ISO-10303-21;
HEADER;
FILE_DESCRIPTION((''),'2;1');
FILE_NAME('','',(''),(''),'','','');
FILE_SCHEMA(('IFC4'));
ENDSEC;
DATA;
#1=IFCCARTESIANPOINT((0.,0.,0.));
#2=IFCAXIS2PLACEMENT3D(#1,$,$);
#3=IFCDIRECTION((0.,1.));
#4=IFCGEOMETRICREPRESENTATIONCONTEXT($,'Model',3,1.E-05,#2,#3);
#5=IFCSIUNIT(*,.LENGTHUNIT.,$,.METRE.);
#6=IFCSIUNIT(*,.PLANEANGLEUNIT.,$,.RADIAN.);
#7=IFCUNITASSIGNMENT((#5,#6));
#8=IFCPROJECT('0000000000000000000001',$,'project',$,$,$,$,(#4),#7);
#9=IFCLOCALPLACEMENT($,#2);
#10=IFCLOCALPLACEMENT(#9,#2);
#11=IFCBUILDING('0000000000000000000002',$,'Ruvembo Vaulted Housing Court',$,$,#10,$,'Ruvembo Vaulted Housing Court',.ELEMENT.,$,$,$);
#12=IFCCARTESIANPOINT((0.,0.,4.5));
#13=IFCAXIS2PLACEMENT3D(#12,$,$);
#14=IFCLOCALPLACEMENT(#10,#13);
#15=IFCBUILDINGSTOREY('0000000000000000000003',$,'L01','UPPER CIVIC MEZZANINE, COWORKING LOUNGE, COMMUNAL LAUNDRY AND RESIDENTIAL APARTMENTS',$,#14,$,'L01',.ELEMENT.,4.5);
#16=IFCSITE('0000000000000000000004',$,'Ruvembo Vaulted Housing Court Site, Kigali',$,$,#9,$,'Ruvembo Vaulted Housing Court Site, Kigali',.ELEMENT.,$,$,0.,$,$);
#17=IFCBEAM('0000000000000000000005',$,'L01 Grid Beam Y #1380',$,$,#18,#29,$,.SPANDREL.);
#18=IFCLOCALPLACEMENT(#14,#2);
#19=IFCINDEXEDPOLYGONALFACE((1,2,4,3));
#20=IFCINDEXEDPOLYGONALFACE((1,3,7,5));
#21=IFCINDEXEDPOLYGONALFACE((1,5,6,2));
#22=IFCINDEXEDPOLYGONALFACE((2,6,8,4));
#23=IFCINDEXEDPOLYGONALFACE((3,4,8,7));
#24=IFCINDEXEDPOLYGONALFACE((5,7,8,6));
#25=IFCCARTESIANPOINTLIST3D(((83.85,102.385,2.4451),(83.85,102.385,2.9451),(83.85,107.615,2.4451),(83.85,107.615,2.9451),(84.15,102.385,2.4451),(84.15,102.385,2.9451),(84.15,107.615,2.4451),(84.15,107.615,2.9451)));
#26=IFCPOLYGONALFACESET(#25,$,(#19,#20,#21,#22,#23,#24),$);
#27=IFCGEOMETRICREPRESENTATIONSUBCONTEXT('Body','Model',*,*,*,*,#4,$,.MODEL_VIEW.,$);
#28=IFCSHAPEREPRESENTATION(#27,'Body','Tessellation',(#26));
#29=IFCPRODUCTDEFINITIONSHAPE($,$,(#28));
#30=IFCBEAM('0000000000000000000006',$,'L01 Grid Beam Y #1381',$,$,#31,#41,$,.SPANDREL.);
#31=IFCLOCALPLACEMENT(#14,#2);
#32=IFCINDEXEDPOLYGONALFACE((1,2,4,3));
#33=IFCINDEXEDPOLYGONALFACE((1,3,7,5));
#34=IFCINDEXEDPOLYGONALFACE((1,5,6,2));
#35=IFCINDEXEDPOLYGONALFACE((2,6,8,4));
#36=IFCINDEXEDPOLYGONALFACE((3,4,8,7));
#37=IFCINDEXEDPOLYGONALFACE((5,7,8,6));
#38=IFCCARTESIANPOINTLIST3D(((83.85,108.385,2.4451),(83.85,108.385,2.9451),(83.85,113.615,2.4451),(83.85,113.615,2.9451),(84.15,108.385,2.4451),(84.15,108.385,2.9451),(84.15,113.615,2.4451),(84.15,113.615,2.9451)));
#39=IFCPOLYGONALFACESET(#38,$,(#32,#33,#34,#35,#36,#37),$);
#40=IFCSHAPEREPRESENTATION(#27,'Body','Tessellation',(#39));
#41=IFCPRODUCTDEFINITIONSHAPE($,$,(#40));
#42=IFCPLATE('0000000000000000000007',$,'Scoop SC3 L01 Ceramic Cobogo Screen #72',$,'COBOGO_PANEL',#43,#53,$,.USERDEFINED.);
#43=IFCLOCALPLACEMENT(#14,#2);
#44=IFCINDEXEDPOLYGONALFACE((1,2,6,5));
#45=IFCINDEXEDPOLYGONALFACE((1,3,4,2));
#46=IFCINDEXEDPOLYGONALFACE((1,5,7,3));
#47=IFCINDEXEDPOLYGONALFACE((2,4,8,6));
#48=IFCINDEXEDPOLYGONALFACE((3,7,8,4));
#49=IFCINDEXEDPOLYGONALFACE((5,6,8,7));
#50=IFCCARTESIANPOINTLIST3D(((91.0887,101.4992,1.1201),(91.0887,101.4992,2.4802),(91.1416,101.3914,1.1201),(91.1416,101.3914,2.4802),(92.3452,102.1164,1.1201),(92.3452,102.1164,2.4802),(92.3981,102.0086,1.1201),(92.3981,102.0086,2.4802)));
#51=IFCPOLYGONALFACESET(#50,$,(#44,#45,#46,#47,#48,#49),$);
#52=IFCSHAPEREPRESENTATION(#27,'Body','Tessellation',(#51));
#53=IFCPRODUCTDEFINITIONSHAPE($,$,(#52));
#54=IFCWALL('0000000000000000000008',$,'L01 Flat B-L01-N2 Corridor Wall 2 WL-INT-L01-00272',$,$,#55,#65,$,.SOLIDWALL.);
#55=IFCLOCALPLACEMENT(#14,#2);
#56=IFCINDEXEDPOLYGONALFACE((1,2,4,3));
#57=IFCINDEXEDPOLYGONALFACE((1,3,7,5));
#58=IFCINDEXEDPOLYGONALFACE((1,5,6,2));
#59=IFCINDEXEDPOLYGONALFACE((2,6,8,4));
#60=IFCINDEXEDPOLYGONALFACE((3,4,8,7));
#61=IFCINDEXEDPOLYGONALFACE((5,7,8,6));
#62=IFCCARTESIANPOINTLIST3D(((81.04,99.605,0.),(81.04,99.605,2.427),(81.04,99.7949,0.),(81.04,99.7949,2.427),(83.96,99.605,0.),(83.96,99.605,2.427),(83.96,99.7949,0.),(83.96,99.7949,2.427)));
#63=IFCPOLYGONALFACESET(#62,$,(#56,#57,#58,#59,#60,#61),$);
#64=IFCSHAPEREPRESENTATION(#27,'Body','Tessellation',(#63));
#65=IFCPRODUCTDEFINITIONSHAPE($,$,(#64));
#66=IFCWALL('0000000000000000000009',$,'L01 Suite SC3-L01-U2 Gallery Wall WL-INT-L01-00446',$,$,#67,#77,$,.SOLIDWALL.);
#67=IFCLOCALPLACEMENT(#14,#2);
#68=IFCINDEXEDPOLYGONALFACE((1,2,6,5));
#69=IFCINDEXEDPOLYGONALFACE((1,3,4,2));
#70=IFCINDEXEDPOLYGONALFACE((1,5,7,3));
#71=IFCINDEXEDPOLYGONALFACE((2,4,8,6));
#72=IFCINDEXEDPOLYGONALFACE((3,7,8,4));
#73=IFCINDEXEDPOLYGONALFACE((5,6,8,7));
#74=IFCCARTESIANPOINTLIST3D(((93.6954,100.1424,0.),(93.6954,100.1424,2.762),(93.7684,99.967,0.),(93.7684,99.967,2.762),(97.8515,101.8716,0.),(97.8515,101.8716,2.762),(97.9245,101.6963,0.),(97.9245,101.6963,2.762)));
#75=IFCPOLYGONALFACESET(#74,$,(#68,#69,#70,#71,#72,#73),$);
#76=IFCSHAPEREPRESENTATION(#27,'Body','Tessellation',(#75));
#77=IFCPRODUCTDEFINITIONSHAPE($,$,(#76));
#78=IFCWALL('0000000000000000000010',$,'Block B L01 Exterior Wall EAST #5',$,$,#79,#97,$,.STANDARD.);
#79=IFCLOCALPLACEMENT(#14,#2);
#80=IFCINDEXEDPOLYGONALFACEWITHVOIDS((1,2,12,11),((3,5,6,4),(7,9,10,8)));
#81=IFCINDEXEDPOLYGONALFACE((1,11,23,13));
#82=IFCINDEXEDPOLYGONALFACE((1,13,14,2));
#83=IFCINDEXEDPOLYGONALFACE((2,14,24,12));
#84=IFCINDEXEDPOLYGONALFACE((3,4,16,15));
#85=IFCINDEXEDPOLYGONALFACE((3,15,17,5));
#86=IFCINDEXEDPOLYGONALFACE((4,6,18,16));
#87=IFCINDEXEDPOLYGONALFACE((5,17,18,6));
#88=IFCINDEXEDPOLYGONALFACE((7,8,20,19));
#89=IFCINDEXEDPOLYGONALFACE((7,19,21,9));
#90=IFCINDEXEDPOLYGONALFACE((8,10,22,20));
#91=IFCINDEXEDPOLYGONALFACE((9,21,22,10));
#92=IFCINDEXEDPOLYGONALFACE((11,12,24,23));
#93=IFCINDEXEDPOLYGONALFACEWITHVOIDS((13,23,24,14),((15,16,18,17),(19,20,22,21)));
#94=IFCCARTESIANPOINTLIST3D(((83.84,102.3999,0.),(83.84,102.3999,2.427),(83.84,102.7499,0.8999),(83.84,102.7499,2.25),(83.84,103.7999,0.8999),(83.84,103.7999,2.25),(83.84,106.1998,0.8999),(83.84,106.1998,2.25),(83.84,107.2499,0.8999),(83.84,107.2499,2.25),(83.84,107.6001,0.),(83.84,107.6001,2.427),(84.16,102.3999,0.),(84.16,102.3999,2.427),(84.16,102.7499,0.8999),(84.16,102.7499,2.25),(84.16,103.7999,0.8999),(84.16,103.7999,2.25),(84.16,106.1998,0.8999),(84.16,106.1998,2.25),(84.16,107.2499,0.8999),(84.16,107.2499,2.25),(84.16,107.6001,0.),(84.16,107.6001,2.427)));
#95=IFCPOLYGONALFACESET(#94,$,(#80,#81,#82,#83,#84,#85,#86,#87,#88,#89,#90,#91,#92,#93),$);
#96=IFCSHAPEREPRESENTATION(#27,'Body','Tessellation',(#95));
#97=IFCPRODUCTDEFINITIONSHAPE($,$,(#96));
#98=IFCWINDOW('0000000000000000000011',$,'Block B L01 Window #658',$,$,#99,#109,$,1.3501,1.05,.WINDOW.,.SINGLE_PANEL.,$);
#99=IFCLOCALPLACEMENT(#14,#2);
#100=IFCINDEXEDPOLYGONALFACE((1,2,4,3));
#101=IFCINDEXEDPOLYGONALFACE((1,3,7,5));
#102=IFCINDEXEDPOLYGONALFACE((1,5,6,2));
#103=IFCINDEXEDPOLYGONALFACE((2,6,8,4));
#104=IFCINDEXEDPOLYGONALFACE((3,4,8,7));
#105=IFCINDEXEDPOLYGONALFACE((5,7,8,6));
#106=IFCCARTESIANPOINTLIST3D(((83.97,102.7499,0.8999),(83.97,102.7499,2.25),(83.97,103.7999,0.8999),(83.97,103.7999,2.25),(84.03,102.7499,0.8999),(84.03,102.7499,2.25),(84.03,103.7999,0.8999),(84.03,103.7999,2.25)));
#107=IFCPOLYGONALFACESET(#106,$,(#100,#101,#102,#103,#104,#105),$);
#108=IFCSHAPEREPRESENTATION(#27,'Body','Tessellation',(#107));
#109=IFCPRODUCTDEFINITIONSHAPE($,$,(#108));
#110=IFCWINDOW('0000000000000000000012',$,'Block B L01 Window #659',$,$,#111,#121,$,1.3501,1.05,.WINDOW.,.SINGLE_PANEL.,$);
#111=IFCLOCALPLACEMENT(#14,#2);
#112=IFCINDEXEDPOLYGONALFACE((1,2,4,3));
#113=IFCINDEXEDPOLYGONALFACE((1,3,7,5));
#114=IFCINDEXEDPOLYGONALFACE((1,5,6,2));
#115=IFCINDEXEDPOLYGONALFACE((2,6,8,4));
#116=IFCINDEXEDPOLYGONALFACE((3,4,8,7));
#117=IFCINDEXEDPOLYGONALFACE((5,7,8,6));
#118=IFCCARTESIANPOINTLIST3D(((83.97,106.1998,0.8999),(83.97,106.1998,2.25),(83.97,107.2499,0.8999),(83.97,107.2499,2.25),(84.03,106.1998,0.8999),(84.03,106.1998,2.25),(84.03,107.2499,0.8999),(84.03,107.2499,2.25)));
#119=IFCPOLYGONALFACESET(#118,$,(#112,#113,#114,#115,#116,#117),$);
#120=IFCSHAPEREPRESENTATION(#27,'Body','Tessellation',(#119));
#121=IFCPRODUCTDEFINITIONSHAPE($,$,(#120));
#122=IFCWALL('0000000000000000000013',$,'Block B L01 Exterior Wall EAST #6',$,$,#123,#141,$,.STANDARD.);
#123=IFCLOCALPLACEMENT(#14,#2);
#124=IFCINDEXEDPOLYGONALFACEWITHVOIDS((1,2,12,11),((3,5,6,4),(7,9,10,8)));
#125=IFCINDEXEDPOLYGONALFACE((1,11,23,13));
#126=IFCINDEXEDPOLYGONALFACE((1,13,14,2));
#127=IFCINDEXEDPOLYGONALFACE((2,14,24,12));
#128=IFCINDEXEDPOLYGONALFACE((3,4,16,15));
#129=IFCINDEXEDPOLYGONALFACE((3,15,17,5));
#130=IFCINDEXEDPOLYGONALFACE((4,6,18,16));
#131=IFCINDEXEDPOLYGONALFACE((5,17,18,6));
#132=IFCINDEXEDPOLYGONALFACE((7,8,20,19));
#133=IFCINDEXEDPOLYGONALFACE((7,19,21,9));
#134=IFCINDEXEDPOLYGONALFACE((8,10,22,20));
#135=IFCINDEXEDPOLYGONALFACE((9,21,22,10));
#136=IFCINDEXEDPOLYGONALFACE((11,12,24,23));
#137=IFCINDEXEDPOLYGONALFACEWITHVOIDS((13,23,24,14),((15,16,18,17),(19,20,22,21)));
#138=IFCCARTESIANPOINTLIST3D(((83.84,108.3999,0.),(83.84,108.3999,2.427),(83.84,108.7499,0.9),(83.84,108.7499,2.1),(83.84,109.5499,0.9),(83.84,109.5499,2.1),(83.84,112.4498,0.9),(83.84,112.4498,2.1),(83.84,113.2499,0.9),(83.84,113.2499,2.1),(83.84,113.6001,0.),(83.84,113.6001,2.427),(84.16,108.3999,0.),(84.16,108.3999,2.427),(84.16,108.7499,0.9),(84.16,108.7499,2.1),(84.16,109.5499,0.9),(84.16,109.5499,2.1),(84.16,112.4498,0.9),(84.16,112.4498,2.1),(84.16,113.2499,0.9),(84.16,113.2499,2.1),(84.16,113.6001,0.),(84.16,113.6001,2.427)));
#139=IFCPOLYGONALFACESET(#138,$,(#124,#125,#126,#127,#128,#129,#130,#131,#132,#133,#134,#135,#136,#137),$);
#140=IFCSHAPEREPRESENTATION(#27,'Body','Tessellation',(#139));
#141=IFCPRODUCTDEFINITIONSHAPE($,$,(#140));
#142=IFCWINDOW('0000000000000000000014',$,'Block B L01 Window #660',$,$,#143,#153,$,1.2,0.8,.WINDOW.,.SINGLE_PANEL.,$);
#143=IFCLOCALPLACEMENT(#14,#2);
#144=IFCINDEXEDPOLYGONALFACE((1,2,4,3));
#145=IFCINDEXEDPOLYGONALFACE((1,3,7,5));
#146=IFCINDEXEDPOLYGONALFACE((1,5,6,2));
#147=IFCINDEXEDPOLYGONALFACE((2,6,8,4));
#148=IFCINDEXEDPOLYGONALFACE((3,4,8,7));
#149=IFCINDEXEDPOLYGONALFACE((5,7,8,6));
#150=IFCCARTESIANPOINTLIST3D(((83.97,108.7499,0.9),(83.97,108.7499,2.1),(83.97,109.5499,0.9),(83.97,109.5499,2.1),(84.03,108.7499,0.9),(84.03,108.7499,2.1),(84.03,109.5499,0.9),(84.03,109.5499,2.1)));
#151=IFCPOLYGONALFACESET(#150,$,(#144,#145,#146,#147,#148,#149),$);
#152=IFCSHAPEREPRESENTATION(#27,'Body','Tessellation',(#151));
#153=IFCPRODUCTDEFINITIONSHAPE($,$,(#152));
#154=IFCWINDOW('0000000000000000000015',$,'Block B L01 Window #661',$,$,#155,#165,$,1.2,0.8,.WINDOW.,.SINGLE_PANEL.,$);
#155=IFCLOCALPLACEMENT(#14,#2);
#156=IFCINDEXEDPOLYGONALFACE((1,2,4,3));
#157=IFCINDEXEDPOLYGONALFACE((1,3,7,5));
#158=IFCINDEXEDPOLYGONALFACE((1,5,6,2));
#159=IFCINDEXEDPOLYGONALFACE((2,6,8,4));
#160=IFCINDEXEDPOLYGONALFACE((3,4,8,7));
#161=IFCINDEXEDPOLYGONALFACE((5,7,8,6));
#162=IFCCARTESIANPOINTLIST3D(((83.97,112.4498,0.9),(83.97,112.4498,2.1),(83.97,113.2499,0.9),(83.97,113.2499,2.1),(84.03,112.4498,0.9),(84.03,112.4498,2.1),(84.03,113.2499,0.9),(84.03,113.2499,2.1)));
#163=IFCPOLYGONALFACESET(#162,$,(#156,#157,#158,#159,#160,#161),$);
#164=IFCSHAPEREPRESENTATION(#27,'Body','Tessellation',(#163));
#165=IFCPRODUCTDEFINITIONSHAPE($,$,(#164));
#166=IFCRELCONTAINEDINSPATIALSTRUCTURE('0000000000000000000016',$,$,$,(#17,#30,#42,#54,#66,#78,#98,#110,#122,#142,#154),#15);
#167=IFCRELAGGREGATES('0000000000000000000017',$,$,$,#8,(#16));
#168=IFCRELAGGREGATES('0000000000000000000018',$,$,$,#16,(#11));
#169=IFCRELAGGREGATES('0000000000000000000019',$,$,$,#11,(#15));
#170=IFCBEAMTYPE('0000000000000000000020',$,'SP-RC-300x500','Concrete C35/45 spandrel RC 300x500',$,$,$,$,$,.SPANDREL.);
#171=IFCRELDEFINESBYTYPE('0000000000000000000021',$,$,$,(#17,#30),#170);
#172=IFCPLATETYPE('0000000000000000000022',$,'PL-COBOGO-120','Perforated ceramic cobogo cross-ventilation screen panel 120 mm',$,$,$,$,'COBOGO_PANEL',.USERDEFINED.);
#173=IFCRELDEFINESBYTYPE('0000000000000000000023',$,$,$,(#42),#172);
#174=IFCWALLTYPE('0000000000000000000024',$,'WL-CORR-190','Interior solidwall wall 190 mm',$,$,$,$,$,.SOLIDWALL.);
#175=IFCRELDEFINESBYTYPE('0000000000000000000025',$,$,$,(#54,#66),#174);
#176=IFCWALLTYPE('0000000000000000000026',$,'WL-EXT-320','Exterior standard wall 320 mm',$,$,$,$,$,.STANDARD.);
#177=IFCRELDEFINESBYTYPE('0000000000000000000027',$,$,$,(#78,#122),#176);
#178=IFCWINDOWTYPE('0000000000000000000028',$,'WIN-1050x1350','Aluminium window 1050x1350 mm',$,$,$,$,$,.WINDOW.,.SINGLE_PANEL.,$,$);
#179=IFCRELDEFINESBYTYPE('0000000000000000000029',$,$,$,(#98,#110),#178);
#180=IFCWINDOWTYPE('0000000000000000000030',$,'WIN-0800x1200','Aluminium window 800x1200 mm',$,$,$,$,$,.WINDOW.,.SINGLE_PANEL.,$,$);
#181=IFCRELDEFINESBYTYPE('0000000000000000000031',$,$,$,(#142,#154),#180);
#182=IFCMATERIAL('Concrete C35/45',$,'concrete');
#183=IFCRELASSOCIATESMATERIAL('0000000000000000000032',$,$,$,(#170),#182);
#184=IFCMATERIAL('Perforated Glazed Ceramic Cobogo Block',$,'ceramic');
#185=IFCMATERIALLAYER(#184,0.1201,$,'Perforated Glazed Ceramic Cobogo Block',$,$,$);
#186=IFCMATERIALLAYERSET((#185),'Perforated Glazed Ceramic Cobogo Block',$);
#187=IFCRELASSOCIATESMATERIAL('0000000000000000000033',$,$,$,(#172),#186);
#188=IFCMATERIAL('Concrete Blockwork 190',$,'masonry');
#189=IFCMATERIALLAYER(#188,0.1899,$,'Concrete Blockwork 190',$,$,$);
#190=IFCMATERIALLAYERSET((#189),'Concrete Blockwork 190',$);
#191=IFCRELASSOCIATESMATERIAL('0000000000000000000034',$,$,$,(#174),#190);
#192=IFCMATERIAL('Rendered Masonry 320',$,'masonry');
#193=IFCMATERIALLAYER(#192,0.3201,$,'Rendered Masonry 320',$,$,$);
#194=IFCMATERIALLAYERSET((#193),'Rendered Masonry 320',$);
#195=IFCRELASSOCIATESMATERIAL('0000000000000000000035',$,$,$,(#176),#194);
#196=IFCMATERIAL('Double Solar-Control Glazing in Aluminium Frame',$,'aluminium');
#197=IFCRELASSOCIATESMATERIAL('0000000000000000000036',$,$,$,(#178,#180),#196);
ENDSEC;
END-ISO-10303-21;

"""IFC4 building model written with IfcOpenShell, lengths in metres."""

from ifc_helpers import new_model, si_unit, direction, frame, frame_2d, origin, origin_2d, place, context, subcontext, project, spatial, rectangle, extrude, material, layer, layer_set, material_profile, profile_set, type_object, element, fill, save


model = new_model("IFC4")

# Units and contexts
model_context = context("Model", 3, precision=1e-05, world=origin(), true_north=direction((0.0, 1.0)))
body_context = subcontext(model_context, "Body", "Model", "MODEL_VIEW")
ifc_project = project(units=[si_unit("LENGTHUNIT", "METRE"), si_unit("PLANEANGLEUNIT", "RADIAN")], contexts=[model_context])

# Site, building, storey
site_placement = place(None, origin())
site = spatial("IfcSite", under=ifc_project, at=site_placement, Name="Ruvembo Vaulted Housing Court Site, Kigali", LongName="Ruvembo Vaulted Housing Court Site, Kigali", CompositionType="ELEMENT", RefElevation=0.0)
building_placement = place(site_placement, origin())
building = spatial("IfcBuilding", under=site, at=building_placement, Name="Ruvembo Vaulted Housing Court", LongName="Ruvembo Vaulted Housing Court", CompositionType="ELEMENT")
storey_placement = place(building_placement, frame((0.0, 0.0, 4.5)))
storey = spatial("IfcBuildingStorey", under=building, at=storey_placement, Name="L01", Description="UPPER CIVIC MEZZANINE, COWORKING LOUNGE, COMMUNAL LAUNDRY AND RESIDENTIAL APARTMENTS", LongName="L01", CompositionType="ELEMENT", Elevation=4.5)

# Beams
ifc_material_1 = material(Name="Concrete C35/45", Category="concrete")
ifc_material_profile_1 = material_profile(ifc_material_1, rectangle(XDim=0.3, YDim=0.5, at=origin_2d()), Name="RC 300x500")
ifc_profile_set_1 = profile_set([ifc_material_profile_1], Name="Concrete C35/45")
beam_type_1 = type_object("IfcBeamType", Name="SP-RC-300x500", Description="Concrete C35/45 spandrel RC 300x500", PredefinedType="SPANDREL", material=ifc_profile_set_1)
for number, where, z_axis, x_axis, name in (
    (1, (84.0, 102.385, 2.6951), (0.0, 1.0, 0.0), (-1.0, 0.0, 0.0), "L01 Grid Beam Y #1380"),
    (2, (84.0, 108.385, 2.6951), (0.0, 1.0, 0.0), (-1.0, 0.0, 0.0), "L01 Grid Beam Y #1381"),
):
    element("IfcBeam", number, at=place(storey_placement, frame(where, z_axis=z_axis, x_axis=x_axis)), inside=storey, type_object=beam_type_1, Name=name, PredefinedType="SPANDREL", context=body_context, shape_type="SweptSolid", body=[
        extrude(rectangle(XDim=0.3, YDim=0.5, at=origin_2d()), origin(), (0.0, 0.0, 1.0), 5.23),
    ])

# Plate
ifc_material_2 = material(Name="Perforated Glazed Ceramic Cobogo Block", Category="ceramic")
ifc_layer_1 = layer(ifc_material_2, 0.1201, Name="Perforated Glazed Ceramic Cobogo Block")
ifc_layer_set_1 = layer_set([ifc_layer_1], Name="Perforated Glazed Ceramic Cobogo Block")
plate_type = type_object("IfcPlateType", Name="PL-COBOGO-120", Description="Perforated ceramic cobogo cross-ventilation screen panel 120 mm", ElementType="COBOGO_PANEL", PredefinedType="USERDEFINED", material=ifc_layer_set_1)
plate_placement = place(storey_placement, frame((91.7434, 101.7539, 1.1201), z_axis=(0.0, 0.0, 1.0), x_axis=(0.897559, 0.440895, 0.0)))
element("IfcPlate", 3, at=plate_placement, inside=storey, type_object=plate_type, Name="Scoop SC3 L01 Ceramic Cobogo Screen #72", ObjectType="COBOGO_PANEL", PredefinedType="USERDEFINED", context=body_context, shape_type="SweptSolid", body=[
    extrude(rectangle(XDim=1.3999, YDim=0.1201, at=origin_2d()), origin(), (0.0, 0.0, 1.0), 1.3601),
])

# Walls
ifc_material_3 = material(Name="Concrete Blockwork 190", Category="masonry")
ifc_layer_2 = layer(ifc_material_3, 0.1899, Name="Concrete Blockwork 190")
ifc_layer_set_2 = layer_set([ifc_layer_2], Name="Concrete Blockwork 190")
wall_type_1 = type_object("IfcWallType", Name="WL-CORR-190", Description="Interior solidwall wall 190 mm", PredefinedType="SOLIDWALL", material=ifc_layer_set_2)
wall_1_placement = place(storey_placement, frame((81.04, 99.7, 0.0), z_axis=(0.0, 0.0, 1.0), x_axis=(1.0, 0.0, 0.0)))
element("IfcWall", 4, at=wall_1_placement, inside=storey, type_object=wall_type_1, Name="L01 Flat B-L01-N2 Corridor Wall 2 WL-INT-L01-00272", PredefinedType="SOLIDWALL", context=body_context, shape_type="SweptSolid", body=[
    extrude(rectangle(XDim=2.9199, YDim=0.1899, at=frame_2d((1.46, 0.0))), origin(), (0.0, 0.0, 1.0), 2.427),
])
wall_2_placement = place(storey_placement, frame((93.7319, 100.0547, 0.0), z_axis=(0.0, 0.0, 1.0), x_axis=(0.923268, 0.384157, 0.0)))
element("IfcWall", 5, at=wall_2_placement, inside=storey, type_object=wall_type_1, Name="L01 Suite SC3-L01-U2 Gallery Wall WL-INT-L01-00446", PredefinedType="SOLIDWALL", context=body_context, shape_type="SweptSolid", body=[
    extrude(rectangle(XDim=4.5015, YDim=0.1899, at=frame_2d((2.2507, 0.0))), origin(), (0.0, 0.0, 1.0), 2.762),
])

# Walls, openings, windows
ifc_material_4 = material(Name="Rendered Masonry 320", Category="masonry")
ifc_layer_3 = layer(ifc_material_4, 0.3201, Name="Rendered Masonry 320")
ifc_layer_set_3 = layer_set([ifc_layer_3], Name="Rendered Masonry 320")
wall_type_2 = type_object("IfcWallType", Name="WL-EXT-320", Description="Exterior standard wall 320 mm", PredefinedType="STANDARD", material=ifc_layer_set_3)
wall_3_placement = place(storey_placement, frame((84.0, 102.3999, 0.0), z_axis=(0.0, 0.0, 1.0), x_axis=(0.0, 1.0, 0.0)))
wall_3 = element("IfcWall", 6, at=wall_3_placement, inside=storey, type_object=wall_type_2, Name="Block B L01 Exterior Wall EAST #5", PredefinedType="STANDARD", context=body_context, shape_type="SweptSolid", body=[
    extrude(rectangle(XDim=5.2002, YDim=0.3201, at=frame_2d((2.6001, 0.0))), origin(), (0.0, 0.0, 1.0), 2.427),
])
opening_1_placement = place(wall_3_placement, frame((0.3501, 0.0, 0.8999)))
opening_1 = element("IfcOpeningElement", 7, at=opening_1_placement, cuts=wall_3, PredefinedType="OPENING", context=body_context, shape_type="SweptSolid", body=[
    extrude(rectangle(XDim=1.05, YDim=1.3501, at=frame_2d((0.5249, 0.675))), frame((0.0, 0.1699, 0.0), z_axis=(0.0, -1.0, 0.0), x_axis=(1.0, 0.0, 0.0)), (0.0, 0.0, 1.0), 0.3401),
])
opening_2_placement = place(wall_3_placement, frame((3.8, 0.0, 0.8999)))
opening_2 = element("IfcOpeningElement", 8, at=opening_2_placement, cuts=wall_3, PredefinedType="OPENING", context=body_context, shape_type="SweptSolid", body=[
    extrude(rectangle(XDim=1.05, YDim=1.3501, at=frame_2d((0.5249, 0.675))), frame((0.0, 0.1699, 0.0), z_axis=(0.0, -1.0, 0.0), x_axis=(1.0, 0.0, 0.0)), (0.0, 0.0, 1.0), 0.3401),
])
ifc_material_5 = material(Name="Double Solar-Control Glazing in Aluminium Frame", Category="aluminium")
window_type_1 = type_object("IfcWindowType", Name="WIN-1050x1350", Description="Aluminium window 1050x1350 mm", PartitioningType="SINGLE_PANEL", PredefinedType="WINDOW", material=ifc_material_5)
window_1_placement = place(opening_1_placement, origin())
window_1 = element("IfcWindow", 9, at=window_1_placement, inside=storey, type_object=window_type_1, Name="Block B L01 Window #658", OverallHeight=1.3501, OverallWidth=1.05, PartitioningType="SINGLE_PANEL", PredefinedType="WINDOW", context=body_context, shape_type="SweptSolid", body=[
    extrude(rectangle(XDim=1.05, YDim=1.3501, at=frame_2d((0.5249, 0.675))), frame((0.0, 0.03, 0.0), z_axis=(0.0, -1.0, 0.0), x_axis=(1.0, 0.0, 0.0)), (0.0, 0.0, 1.0), 0.0601),
])
fill(opening_1, window_1)
window_2_placement = place(opening_2_placement, origin())
window_2 = element("IfcWindow", 10, at=window_2_placement, inside=storey, type_object=window_type_1, Name="Block B L01 Window #659", OverallHeight=1.3501, OverallWidth=1.05, PartitioningType="SINGLE_PANEL", PredefinedType="WINDOW", context=body_context, shape_type="SweptSolid", body=[
    extrude(rectangle(XDim=1.05, YDim=1.3501, at=frame_2d((0.5249, 0.675))), frame((0.0, 0.03, 0.0), z_axis=(0.0, -1.0, 0.0), x_axis=(1.0, 0.0, 0.0)), (0.0, 0.0, 1.0), 0.0601),
])
fill(opening_2, window_2)
wall_4_placement = place(storey_placement, frame((84.0, 108.3999, 0.0), z_axis=(0.0, 0.0, 1.0), x_axis=(0.0, 1.0, 0.0)))
wall_4 = element("IfcWall", 11, at=wall_4_placement, inside=storey, type_object=wall_type_2, Name="Block B L01 Exterior Wall EAST #6", PredefinedType="STANDARD", context=body_context, shape_type="SweptSolid", body=[
    extrude(rectangle(XDim=5.2002, YDim=0.3201, at=frame_2d((2.6001, 0.0))), origin(), (0.0, 0.0, 1.0), 2.427),
])
opening_3_placement = place(wall_4_placement, frame((0.3501, 0.0, 0.8999)))
opening_3 = element("IfcOpeningElement", 12, at=opening_3_placement, cuts=wall_4, PredefinedType="OPENING", context=body_context, shape_type="SweptSolid", body=[
    extrude(rectangle(XDim=0.8, YDim=1.2, at=frame_2d((0.3999, 0.6001))), frame((0.0, 0.1699, 0.0), z_axis=(0.0, -1.0, 0.0), x_axis=(1.0, 0.0, 0.0)), (0.0, 0.0, 1.0), 0.3401),
])
opening_4_placement = place(wall_4_placement, frame((4.05, 0.0, 0.8999)))
opening_4 = element("IfcOpeningElement", 13, at=opening_4_placement, cuts=wall_4, PredefinedType="OPENING", context=body_context, shape_type="SweptSolid", body=[
    extrude(rectangle(XDim=0.8, YDim=1.2, at=frame_2d((0.3999, 0.6001))), frame((0.0, 0.1699, 0.0), z_axis=(0.0, -1.0, 0.0), x_axis=(1.0, 0.0, 0.0)), (0.0, 0.0, 1.0), 0.3401),
])
window_type_2 = type_object("IfcWindowType", Name="WIN-0800x1200", Description="Aluminium window 800x1200 mm", PartitioningType="SINGLE_PANEL", PredefinedType="WINDOW", material=ifc_material_5)
window_3_placement = place(opening_3_placement, origin())
window_3 = element("IfcWindow", 14, at=window_3_placement, inside=storey, type_object=window_type_2, Name="Block B L01 Window #660", OverallHeight=1.2, OverallWidth=0.8, PartitioningType="SINGLE_PANEL", PredefinedType="WINDOW", context=body_context, shape_type="SweptSolid", body=[
    extrude(rectangle(XDim=0.8, YDim=1.2, at=frame_2d((0.3999, 0.6001))), frame((0.0, 0.03, 0.0), z_axis=(0.0, -1.0, 0.0), x_axis=(1.0, 0.0, 0.0)), (0.0, 0.0, 1.0), 0.0601),
])
fill(opening_3, window_3)
window_4_placement = place(opening_4_placement, origin())
window_4 = element("IfcWindow", 15, at=window_4_placement, inside=storey, type_object=window_type_2, Name="Block B L01 Window #661", OverallHeight=1.2, OverallWidth=0.8, PartitioningType="SINGLE_PANEL", PredefinedType="WINDOW", context=body_context, shape_type="SweptSolid", body=[
    extrude(rectangle(XDim=0.8, YDim=1.2, at=frame_2d((0.3999, 0.6001))), frame((0.0, 0.03, 0.0), z_axis=(0.0, -1.0, 0.0), x_axis=(1.0, 0.0, 0.0)), (0.0, 0.0, 1.0), 0.0601),
])
fill(opening_4, window_4)

save(model, "model.ifc")
